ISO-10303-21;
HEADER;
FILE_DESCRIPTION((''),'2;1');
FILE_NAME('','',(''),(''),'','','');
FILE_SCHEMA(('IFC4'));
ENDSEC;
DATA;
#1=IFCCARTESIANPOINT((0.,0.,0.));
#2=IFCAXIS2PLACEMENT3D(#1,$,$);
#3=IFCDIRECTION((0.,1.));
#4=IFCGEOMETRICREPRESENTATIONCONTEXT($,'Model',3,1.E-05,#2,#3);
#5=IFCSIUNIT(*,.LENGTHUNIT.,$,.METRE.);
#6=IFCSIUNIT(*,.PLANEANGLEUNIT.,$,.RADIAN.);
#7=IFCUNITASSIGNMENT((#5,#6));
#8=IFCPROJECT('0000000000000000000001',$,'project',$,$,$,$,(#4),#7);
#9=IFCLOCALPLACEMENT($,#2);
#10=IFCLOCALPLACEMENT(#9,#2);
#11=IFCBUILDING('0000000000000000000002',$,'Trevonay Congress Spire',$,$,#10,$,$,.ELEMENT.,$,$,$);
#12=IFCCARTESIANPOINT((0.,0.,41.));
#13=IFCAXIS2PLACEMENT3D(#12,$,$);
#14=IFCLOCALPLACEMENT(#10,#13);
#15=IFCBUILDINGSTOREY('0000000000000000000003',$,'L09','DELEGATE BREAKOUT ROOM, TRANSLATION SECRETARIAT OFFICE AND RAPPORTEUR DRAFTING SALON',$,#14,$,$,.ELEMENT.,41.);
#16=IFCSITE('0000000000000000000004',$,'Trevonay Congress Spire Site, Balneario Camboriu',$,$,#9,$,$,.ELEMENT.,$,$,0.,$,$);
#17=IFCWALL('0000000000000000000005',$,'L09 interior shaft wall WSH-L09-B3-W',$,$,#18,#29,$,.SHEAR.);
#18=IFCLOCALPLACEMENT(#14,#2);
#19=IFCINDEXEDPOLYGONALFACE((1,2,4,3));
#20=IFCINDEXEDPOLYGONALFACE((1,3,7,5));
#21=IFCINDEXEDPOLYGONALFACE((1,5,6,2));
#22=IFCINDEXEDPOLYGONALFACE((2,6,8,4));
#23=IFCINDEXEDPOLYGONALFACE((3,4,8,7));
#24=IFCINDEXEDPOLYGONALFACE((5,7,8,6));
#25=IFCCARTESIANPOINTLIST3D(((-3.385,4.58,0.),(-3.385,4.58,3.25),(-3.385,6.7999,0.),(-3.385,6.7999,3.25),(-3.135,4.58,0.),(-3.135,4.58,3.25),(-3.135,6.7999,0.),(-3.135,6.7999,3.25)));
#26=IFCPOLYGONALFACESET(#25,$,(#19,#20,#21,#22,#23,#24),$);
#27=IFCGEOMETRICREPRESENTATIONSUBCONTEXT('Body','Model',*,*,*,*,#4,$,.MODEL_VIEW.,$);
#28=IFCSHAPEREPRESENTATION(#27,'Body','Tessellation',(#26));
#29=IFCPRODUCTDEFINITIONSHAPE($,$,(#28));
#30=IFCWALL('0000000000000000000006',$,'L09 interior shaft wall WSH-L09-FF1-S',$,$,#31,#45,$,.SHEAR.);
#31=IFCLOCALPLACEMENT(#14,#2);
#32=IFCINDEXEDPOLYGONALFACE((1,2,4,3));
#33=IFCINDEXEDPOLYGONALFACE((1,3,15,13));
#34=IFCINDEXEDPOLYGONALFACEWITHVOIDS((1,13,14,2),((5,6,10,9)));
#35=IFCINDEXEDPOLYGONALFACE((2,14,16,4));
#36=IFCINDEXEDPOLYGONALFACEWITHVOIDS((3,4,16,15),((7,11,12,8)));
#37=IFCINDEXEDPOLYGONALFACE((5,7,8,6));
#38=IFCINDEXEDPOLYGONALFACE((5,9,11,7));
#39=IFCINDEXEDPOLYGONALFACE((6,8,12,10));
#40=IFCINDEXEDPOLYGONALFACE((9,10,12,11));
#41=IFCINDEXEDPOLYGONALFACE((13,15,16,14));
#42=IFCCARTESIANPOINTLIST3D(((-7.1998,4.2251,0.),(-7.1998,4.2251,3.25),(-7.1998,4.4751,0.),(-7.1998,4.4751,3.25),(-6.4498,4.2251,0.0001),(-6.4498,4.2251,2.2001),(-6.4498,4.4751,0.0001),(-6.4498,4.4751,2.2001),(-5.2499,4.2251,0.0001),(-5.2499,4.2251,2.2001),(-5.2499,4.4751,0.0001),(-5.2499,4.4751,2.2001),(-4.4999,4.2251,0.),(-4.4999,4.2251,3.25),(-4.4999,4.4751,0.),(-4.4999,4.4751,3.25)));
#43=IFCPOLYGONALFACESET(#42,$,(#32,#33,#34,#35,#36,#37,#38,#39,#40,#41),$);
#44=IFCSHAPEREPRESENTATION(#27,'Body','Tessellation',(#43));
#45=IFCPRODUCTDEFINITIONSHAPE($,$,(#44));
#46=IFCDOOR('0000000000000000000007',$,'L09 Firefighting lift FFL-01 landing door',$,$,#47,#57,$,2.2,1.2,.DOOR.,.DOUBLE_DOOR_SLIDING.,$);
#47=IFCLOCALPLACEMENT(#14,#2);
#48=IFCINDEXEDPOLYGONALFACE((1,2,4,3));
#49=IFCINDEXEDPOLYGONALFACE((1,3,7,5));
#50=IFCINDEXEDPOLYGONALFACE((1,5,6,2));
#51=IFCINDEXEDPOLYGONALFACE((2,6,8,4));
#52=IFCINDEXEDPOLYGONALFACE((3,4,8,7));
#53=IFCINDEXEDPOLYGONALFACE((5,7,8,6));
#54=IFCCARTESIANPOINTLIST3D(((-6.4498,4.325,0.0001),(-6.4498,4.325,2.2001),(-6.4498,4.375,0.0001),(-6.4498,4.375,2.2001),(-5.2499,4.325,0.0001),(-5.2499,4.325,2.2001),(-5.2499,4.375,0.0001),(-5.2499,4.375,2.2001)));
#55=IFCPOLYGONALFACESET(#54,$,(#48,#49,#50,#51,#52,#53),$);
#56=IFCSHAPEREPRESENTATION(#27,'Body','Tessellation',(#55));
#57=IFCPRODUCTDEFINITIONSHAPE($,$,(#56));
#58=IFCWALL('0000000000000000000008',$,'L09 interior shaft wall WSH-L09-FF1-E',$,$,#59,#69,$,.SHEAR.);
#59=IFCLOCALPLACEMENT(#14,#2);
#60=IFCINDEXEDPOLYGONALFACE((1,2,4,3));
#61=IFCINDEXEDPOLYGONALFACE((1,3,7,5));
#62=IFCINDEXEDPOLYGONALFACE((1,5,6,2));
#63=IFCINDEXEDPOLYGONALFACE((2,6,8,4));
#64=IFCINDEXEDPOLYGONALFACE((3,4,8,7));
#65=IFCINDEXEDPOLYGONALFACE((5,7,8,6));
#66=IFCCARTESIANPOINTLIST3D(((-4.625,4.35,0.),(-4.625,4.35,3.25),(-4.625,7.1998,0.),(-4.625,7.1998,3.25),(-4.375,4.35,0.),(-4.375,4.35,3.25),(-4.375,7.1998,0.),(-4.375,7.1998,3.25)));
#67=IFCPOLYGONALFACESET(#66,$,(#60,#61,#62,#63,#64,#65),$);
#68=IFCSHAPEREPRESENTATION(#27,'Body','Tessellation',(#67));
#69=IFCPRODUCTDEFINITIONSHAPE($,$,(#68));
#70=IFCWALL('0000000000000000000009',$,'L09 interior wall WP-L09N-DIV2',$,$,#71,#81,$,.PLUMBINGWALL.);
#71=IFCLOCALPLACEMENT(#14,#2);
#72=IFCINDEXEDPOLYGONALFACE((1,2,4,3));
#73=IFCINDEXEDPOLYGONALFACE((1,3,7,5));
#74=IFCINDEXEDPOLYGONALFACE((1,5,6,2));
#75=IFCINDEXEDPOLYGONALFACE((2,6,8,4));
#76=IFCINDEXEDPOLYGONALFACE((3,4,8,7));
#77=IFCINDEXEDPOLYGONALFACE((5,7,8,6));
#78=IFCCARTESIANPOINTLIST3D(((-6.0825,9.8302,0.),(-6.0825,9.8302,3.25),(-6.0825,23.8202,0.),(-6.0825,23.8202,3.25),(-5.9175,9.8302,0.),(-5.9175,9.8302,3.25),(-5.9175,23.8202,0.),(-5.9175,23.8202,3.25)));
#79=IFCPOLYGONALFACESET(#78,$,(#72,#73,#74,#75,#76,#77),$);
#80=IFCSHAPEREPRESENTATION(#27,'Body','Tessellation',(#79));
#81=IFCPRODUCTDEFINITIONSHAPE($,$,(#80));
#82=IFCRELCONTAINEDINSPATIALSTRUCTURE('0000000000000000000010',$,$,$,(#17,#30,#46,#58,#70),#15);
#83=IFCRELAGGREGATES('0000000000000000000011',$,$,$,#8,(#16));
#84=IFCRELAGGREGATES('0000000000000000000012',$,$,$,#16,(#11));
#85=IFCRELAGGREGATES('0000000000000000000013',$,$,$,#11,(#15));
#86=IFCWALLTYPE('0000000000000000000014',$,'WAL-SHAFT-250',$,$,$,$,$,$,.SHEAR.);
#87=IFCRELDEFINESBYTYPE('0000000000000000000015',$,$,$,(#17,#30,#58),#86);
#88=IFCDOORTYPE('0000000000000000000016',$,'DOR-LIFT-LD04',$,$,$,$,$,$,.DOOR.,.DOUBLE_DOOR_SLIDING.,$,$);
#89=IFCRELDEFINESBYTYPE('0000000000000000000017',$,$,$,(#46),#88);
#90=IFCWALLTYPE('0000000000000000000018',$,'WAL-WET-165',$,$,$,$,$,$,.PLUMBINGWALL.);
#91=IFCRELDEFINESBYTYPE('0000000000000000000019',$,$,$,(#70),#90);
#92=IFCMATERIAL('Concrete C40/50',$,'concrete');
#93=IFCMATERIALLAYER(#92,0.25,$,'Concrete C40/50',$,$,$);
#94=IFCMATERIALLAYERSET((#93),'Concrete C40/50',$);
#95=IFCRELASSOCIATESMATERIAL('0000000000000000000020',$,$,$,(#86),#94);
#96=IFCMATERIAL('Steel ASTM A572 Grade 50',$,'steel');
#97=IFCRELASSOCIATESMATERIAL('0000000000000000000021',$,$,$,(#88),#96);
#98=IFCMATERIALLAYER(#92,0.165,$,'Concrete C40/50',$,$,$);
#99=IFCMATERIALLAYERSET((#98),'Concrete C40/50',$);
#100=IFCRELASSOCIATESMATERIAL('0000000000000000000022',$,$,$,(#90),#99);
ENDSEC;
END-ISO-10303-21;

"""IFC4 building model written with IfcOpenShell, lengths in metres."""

from ifc_helpers import new_model, si_unit, direction, frame, frame_2d, origin, place, context, subcontext, project, spatial, rectangle, extrude, material, layer, layer_set, type_object, element, fill, save


model = new_model("IFC4")

# Units and contexts
model_context = context("Model", 3, precision=1e-05, world=origin(), true_north=direction((0.0, 1.0)))
body_context = subcontext(model_context, "Body", "Model", "MODEL_VIEW")
ifc_project = project(units=[si_unit("LENGTHUNIT", "METRE"), si_unit("PLANEANGLEUNIT", "RADIAN")], contexts=[model_context])

# Site, building, storey
site_placement = place(None, origin())
site = spatial("IfcSite", under=ifc_project, at=site_placement, Name="Trevonay Congress Spire Site, Balneario Camboriu", CompositionType="ELEMENT", RefElevation=0.0)
building_placement = place(site_placement, origin())
building = spatial("IfcBuilding", under=site, at=building_placement, Name="Trevonay Congress Spire", CompositionType="ELEMENT")
storey_placement = place(building_placement, frame((0.0, 0.0, 41.0)))
storey = spatial("IfcBuildingStorey", under=building, at=storey_placement, Name="L09", Description="DELEGATE BREAKOUT ROOM, TRANSLATION SECRETARIAT OFFICE AND RAPPORTEUR DRAFTING SALON", CompositionType="ELEMENT", Elevation=41.0)

# Shared definitions
ifc_material_1 = material(Name="Steel ASTM A572 Grade 50", Category="steel")

# Shared definitions
ifc_material_2 = material(Name="Concrete C40/50", Category="concrete")
ifc_layer_1 = layer(ifc_material_2, 0.25, Name="Concrete C40/50")
ifc_layer_set_1 = layer_set([ifc_layer_1], Name="Concrete C40/50")
wall_type_1 = type_object("IfcWallType", Name="WAL-SHAFT-250", PredefinedType="SHEAR", material=ifc_layer_set_1)

# Wall
wall_1_placement = place(storey_placement, frame((-3.26, 4.5801, 0.0), z_axis=(0.0, 0.0, 1.0), x_axis=(0.0, 1.0, 0.0)))
element("IfcWall", 1, at=wall_1_placement, inside=storey, type_object=wall_type_1, Name="L09 interior shaft wall WSH-L09-B3-W", PredefinedType="SHEAR", context=body_context, shape_type="SweptSolid", body=[
    extrude(rectangle(XDim=2.22, YDim=0.25, at=frame_2d((1.1099, 0.0))), origin(), (0.0, 0.0, 1.0), 3.25),
])

# Wall, opening, door
wall_2_placement = place(storey_placement, frame((-7.2, 4.3501, 0.0), z_axis=(0.0, 0.0, 1.0), x_axis=(1.0, 0.0, 0.0)))
wall_2 = element("IfcWall", 2, at=wall_2_placement, inside=storey, type_object=wall_type_1, Name="L09 interior shaft wall WSH-L09-FF1-S", PredefinedType="SHEAR", context=body_context, shape_type="SweptSolid", body=[
    extrude(rectangle(XDim=2.7, YDim=0.25, at=frame_2d((1.3501, 0.0))), origin(), (0.0, 0.0, 1.0), 3.25),
])
opening_1_placement = place(wall_2_placement, frame((0.75, 0.0, 0.0)))
opening_1 = element("IfcOpeningElement", 3, at=opening_1_placement, cuts=wall_2, PredefinedType="OPENING", context=body_context, shape_type="SweptSolid", body=[
    extrude(rectangle(XDim=1.2, YDim=2.2, at=frame_2d((0.6001, 1.1001))), frame((0.0, 0.135, 0.0), z_axis=(0.0, -1.0, 0.0), x_axis=(1.0, 0.0, 0.0)), (0.0, 0.0, 1.0), 0.27),
])
door_type_1 = type_object("IfcDoorType", Name="DOR-LIFT-LD04", OperationType="DOUBLE_DOOR_SLIDING", PredefinedType="DOOR", material=ifc_material_1)
door_1_placement = place(opening_1_placement, origin())
door_1 = element("IfcDoor", 4, at=door_1_placement, inside=storey, type_object=door_type_1, Name="L09 Firefighting lift FFL-01 landing door", OperationType="DOUBLE_DOOR_SLIDING", OverallHeight=2.2, OverallWidth=1.2, PredefinedType="DOOR", context=body_context, shape_type="SweptSolid", body=[
    extrude(rectangle(XDim=1.2, YDim=2.2, at=frame_2d((0.6001, 1.1001))), frame((0.0, 0.0249, 0.0), z_axis=(0.0, -1.0, 0.0), x_axis=(1.0, 0.0, 0.0)), (0.0, 0.0, 1.0), 0.05),
])
fill(opening_1, door_1)

# Walls
wall_3_placement = place(storey_placement, frame((-4.5, 4.3501, 0.0), z_axis=(0.0, 0.0, 1.0), x_axis=(0.0, 1.0, 0.0)))
element("IfcWall", 5, at=wall_3_placement, inside=storey, type_object=wall_type_1, Name="L09 interior shaft wall WSH-L09-FF1-E", PredefinedType="SHEAR", context=body_context, shape_type="SweptSolid", body=[
    extrude(rectangle(XDim=2.8499, YDim=0.25, at=frame_2d((1.4248, 0.0))), origin(), (0.0, 0.0, 1.0), 3.25),
])
ifc_layer_2 = layer(ifc_material_2, 0.165, Name="Concrete C40/50")
ifc_layer_set_2 = layer_set([ifc_layer_2], Name="Concrete C40/50")
wall_type_2 = type_object("IfcWallType", Name="WAL-WET-165", PredefinedType="PLUMBINGWALL", material=ifc_layer_set_2)
wall_4_placement = place(storey_placement, frame((-6.0, 9.8301, 0.0), z_axis=(0.0, 0.0, 1.0), x_axis=(0.0, 1.0, 0.0)))
element("IfcWall", 6, at=wall_4_placement, inside=storey, type_object=wall_type_2, Name="L09 interior wall WP-L09N-DIV2", PredefinedType="PLUMBINGWALL", context=body_context, shape_type="SweptSolid", body=[
    extrude(rectangle(XDim=13.99, YDim=0.165, at=frame_2d((6.9951, 0.0))), origin(), (0.0, 0.0, 1.0), 3.25),
])

save(model, "model.ifc")
